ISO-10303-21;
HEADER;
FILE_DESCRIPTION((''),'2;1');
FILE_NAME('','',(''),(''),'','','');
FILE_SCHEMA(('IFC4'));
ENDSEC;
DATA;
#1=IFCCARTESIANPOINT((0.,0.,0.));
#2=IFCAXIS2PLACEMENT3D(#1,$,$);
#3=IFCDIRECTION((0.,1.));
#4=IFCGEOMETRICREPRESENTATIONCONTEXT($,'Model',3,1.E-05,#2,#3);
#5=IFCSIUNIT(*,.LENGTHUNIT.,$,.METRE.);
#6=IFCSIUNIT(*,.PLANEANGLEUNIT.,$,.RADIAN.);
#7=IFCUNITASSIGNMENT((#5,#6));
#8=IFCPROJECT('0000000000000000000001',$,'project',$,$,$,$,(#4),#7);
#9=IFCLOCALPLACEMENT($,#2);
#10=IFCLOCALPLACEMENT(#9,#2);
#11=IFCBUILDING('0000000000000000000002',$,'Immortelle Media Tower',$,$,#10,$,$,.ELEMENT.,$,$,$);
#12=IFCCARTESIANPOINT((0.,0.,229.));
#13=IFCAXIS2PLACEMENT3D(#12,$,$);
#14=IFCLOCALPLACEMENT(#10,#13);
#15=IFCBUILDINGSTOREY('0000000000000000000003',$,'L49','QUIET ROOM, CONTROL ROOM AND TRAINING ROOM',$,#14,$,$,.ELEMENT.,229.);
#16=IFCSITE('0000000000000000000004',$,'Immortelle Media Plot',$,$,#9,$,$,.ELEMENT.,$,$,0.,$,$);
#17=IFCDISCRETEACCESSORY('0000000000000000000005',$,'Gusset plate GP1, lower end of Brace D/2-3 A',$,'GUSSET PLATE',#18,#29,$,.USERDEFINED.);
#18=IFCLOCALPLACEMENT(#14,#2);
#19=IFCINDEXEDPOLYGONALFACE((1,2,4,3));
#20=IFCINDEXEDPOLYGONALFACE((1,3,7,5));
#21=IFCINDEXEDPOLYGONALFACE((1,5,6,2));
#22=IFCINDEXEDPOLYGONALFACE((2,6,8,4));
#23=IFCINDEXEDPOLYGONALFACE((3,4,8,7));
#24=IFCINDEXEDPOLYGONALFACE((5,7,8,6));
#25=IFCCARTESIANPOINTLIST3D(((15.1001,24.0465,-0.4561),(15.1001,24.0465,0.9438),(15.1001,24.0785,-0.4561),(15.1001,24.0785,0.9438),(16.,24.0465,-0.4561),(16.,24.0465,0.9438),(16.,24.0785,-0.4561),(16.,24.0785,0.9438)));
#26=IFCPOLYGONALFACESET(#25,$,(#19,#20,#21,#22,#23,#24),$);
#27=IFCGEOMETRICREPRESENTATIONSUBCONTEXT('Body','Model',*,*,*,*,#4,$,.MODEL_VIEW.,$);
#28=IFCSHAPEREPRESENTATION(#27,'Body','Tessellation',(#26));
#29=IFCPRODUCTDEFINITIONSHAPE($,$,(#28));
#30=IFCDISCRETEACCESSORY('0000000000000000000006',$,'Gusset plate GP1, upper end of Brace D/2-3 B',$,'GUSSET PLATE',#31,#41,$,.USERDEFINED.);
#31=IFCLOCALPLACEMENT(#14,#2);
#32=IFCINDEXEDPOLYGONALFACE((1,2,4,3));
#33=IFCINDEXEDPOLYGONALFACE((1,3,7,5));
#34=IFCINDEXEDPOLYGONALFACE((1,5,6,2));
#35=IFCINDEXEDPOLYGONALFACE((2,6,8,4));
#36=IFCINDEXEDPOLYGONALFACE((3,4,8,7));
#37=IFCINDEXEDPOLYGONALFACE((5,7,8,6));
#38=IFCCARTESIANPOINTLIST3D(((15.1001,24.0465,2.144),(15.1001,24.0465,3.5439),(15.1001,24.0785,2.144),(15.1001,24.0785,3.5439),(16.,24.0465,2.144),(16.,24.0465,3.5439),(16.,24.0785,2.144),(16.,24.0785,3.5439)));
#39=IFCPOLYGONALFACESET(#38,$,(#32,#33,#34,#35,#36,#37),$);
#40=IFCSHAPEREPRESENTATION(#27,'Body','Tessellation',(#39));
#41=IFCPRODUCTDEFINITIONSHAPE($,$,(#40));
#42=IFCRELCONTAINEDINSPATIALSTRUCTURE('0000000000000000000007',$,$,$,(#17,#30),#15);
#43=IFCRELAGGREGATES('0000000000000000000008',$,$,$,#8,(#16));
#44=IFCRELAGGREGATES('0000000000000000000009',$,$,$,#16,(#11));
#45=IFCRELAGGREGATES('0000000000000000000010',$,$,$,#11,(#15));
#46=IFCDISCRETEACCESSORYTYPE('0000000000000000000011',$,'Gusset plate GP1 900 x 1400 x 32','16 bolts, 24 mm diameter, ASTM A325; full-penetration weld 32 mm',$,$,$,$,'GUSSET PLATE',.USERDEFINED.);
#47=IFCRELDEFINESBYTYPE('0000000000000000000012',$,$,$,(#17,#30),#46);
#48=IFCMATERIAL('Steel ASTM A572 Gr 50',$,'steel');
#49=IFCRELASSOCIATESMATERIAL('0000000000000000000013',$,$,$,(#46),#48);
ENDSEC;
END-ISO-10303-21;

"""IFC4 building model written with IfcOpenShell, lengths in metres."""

from ifc_helpers import new_model, si_unit, direction, frame, origin, origin_2d, place, context, subcontext, project, spatial, rectangle, extrude, material, material_profile, profile_set, type_object, element, save


model = new_model("IFC4")

# Units and contexts
model_context = context("Model", 3, precision=1e-05, world=origin(), true_north=direction((0.0, 1.0)))
body_context = subcontext(model_context, "Body", "Model", "MODEL_VIEW")
ifc_project = project(units=[si_unit("LENGTHUNIT", "METRE"), si_unit("PLANEANGLEUNIT", "RADIAN")], contexts=[model_context])

# Site, building, storey
site_placement = place(None, origin())
site = spatial("IfcSite", under=ifc_project, at=site_placement, Name="Immortelle Media Plot", CompositionType="ELEMENT", RefElevation=0.0)
building_placement = place(site_placement, origin())
building = spatial("IfcBuilding", under=site, at=building_placement, Name="Immortelle Media Tower", CompositionType="ELEMENT")
storey_placement = place(building_placement, frame((0.0, 0.0, 229.0)))
storey = spatial("IfcBuildingStorey", under=building, at=storey_placement, Name="L49", Description="QUIET ROOM, CONTROL ROOM AND TRAINING ROOM", CompositionType="ELEMENT", Elevation=229.0)

# Discrete accessories
ifc_material_1 = material(Name="Steel ASTM A572 Gr 50", Category="steel")
ifc_material_profile_1 = material_profile(ifc_material_1, rectangle(XDim=0.032, YDim=1.3999, at=origin_2d()), Name="PL 32 x 1400")
ifc_profile_set_1 = profile_set([ifc_material_profile_1], Name="Steel ASTM A572 Gr 50")
discrete_accessory_type_1 = type_object("IfcDiscreteAccessoryType", Name="Gusset plate GP1 900 x 1400 x 32", Description="16 bolts, 24 mm diameter, ASTM A325; full-penetration weld 32 mm", ElementType="GUSSET PLATE", PredefinedType="USERDEFINED", material=ifc_profile_set_1)
for number, where, z_axis, x_axis, name in (
    (1, (16.0, 24.0625, 0.2439), (-1.0, 0.0, 0.0), (0.0, -1.0, 0.0), "Gusset plate GP1, lower end of Brace D/2-3 A"),
    (2, (16.0, 24.0625, 2.844), (-1.0, 0.0, 0.0), (0.0, -1.0, 0.0), "Gusset plate GP1, upper end of Brace D/2-3 B"),
):
    element("IfcDiscreteAccessory", number, at=place(storey_placement, frame(where, z_axis=z_axis, x_axis=x_axis)), inside=storey, type_object=discrete_accessory_type_1, Name=name, ObjectType="GUSSET PLATE", PredefinedType="USERDEFINED", context=body_context, shape_type="SweptSolid", body=[
        extrude(rectangle(XDim=0.032, YDim=1.3999, at=origin_2d()), origin(), (0.0, 0.0, 1.0), 0.8999),
    ])

save(model, "model.ifc")
